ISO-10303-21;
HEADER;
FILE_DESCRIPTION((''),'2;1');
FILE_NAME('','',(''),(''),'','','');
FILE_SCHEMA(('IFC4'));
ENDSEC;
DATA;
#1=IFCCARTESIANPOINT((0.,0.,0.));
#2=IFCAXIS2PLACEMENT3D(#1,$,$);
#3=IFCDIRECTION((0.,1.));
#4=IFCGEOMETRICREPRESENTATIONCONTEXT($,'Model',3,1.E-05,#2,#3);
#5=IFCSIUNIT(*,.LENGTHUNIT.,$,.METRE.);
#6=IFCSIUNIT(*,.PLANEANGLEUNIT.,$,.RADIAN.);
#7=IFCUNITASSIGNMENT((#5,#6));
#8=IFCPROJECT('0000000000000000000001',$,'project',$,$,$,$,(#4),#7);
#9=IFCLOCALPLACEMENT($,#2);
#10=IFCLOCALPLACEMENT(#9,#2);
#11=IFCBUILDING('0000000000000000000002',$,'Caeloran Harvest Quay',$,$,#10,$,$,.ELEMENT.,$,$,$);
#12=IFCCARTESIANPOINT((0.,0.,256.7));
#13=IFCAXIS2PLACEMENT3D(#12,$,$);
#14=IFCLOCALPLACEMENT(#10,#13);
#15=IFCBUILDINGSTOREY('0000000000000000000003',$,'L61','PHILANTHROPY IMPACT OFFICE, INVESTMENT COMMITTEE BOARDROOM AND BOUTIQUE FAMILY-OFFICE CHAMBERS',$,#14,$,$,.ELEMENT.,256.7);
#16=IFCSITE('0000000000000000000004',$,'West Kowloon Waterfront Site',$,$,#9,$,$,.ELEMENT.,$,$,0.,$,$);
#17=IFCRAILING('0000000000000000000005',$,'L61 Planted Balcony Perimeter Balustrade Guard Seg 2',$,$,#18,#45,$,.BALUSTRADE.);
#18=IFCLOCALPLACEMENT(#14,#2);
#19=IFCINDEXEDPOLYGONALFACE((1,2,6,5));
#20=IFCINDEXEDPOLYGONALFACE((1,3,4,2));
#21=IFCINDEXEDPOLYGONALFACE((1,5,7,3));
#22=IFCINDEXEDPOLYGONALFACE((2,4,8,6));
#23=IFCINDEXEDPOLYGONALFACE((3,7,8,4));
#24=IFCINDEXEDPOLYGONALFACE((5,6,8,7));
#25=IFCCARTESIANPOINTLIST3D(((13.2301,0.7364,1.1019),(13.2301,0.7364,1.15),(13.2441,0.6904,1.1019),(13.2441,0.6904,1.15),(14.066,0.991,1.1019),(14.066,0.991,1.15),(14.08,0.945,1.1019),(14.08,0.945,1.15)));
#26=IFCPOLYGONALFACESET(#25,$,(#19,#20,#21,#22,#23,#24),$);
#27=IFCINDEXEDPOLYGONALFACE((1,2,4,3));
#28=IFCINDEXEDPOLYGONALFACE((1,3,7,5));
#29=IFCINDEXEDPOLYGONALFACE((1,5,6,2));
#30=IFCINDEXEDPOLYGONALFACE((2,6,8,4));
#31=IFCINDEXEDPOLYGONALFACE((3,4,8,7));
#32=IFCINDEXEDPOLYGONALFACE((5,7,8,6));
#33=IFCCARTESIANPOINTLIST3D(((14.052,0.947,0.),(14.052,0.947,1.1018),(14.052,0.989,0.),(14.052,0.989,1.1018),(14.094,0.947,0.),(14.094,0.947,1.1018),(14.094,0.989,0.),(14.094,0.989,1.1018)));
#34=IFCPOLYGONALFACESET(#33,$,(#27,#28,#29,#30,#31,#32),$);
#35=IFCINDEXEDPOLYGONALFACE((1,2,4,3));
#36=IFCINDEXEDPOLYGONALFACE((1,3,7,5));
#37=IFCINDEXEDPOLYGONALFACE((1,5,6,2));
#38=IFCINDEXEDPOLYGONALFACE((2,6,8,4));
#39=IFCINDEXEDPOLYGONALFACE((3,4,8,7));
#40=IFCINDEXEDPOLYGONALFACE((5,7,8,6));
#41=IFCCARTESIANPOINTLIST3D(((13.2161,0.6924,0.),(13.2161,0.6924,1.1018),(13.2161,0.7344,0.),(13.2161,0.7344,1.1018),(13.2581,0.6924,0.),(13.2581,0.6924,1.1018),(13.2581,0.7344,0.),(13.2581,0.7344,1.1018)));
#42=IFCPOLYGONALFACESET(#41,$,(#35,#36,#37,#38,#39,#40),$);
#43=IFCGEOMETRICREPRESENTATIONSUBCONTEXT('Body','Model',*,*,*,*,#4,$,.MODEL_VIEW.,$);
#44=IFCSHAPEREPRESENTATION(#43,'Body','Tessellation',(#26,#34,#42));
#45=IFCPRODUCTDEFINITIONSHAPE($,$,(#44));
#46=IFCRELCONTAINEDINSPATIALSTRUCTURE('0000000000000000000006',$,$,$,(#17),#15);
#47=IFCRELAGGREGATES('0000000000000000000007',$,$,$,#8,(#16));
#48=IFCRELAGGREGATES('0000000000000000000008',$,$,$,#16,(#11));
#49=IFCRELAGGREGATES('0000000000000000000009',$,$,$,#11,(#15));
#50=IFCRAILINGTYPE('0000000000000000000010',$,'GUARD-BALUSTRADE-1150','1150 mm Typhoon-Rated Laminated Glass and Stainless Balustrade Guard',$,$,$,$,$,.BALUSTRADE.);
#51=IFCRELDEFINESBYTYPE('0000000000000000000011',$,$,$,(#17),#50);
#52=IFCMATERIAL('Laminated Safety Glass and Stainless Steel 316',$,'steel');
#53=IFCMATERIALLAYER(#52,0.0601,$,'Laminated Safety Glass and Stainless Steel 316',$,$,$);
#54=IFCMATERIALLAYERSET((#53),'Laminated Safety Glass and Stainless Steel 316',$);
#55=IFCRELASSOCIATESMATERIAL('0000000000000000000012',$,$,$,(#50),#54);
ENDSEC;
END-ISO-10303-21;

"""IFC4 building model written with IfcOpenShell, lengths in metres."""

from ifc_helpers import new_model, si_unit, direction, frame, origin, origin_2d, place, context, subcontext, project, spatial, rectangle, extrude, material, layer, layer_set, type_object, element, save


model = new_model("IFC4")

# Units and contexts
model_context = context("Model", 3, precision=1e-05, world=origin(), true_north=direction((0.0, 1.0)))
body_context = subcontext(model_context, "Body", "Model", "MODEL_VIEW")
ifc_project = project(units=[si_unit("LENGTHUNIT", "METRE"), si_unit("PLANEANGLEUNIT", "RADIAN")], contexts=[model_context])

# Site, building, storey
site_placement = place(None, origin())
site = spatial("IfcSite", under=ifc_project, at=site_placement, Name="West Kowloon Waterfront Site", CompositionType="ELEMENT", RefElevation=0.0)
building_placement = place(site_placement, origin())
building = spatial("IfcBuilding", under=site, at=building_placement, Name="Caeloran Harvest Quay", CompositionType="ELEMENT")
storey_placement = place(building_placement, frame((0.0, 0.0, 256.7)))
storey = spatial("IfcBuildingStorey", under=building, at=storey_placement, Name="L61", Description="PHILANTHROPY IMPACT OFFICE, INVESTMENT COMMITTEE BOARDROOM AND BOUTIQUE FAMILY-OFFICE CHAMBERS", CompositionType="ELEMENT", Elevation=256.7)

# Railing
ifc_material_1 = material(Name="Laminated Safety Glass and Stainless Steel 316", Category="steel")
ifc_layer_1 = layer(ifc_material_1, 0.0601, Name="Laminated Safety Glass and Stainless Steel 316")
ifc_layer_set_1 = layer_set([ifc_layer_1], Name="Laminated Safety Glass and Stainless Steel 316")
railing_type = type_object("IfcRailingType", Name="GUARD-BALUSTRADE-1150", Description="1150 mm Typhoon-Rated Laminated Glass and Stainless Balustrade Guard", PredefinedType="BALUSTRADE", material=ifc_layer_set_1)
railing_1_placement = place(storey_placement, frame((14.073, 0.968, 0.0)))
element("IfcRailing", 1, at=railing_1_placement, inside=storey, type_object=railing_type, Name="L61 Planted Balcony Perimeter Balustrade Guard Seg 2", PredefinedType="BALUSTRADE", context=body_context, shape_type="SweptSolid", body=[
    extrude(rectangle(XDim=0.0481, YDim=0.0481, at=origin_2d()), frame((0.0, 0.0, 1.126), z_axis=(-0.956603, -0.291395, 0.0), x_axis=(0.291395, -0.956603, 0.0)), (0.0, 0.0, 1.0), 0.8738),
    extrude(rectangle(XDim=0.042, YDim=0.042, at=origin_2d()), origin(), (0.0, 0.0, 1.0), 1.1018),
    extrude(rectangle(XDim=0.042, YDim=0.042, at=origin_2d()), frame((-0.8359, -0.2546, 0.0)), (0.0, 0.0, 1.0), 1.1018),
])

save(model, "model.ifc")
